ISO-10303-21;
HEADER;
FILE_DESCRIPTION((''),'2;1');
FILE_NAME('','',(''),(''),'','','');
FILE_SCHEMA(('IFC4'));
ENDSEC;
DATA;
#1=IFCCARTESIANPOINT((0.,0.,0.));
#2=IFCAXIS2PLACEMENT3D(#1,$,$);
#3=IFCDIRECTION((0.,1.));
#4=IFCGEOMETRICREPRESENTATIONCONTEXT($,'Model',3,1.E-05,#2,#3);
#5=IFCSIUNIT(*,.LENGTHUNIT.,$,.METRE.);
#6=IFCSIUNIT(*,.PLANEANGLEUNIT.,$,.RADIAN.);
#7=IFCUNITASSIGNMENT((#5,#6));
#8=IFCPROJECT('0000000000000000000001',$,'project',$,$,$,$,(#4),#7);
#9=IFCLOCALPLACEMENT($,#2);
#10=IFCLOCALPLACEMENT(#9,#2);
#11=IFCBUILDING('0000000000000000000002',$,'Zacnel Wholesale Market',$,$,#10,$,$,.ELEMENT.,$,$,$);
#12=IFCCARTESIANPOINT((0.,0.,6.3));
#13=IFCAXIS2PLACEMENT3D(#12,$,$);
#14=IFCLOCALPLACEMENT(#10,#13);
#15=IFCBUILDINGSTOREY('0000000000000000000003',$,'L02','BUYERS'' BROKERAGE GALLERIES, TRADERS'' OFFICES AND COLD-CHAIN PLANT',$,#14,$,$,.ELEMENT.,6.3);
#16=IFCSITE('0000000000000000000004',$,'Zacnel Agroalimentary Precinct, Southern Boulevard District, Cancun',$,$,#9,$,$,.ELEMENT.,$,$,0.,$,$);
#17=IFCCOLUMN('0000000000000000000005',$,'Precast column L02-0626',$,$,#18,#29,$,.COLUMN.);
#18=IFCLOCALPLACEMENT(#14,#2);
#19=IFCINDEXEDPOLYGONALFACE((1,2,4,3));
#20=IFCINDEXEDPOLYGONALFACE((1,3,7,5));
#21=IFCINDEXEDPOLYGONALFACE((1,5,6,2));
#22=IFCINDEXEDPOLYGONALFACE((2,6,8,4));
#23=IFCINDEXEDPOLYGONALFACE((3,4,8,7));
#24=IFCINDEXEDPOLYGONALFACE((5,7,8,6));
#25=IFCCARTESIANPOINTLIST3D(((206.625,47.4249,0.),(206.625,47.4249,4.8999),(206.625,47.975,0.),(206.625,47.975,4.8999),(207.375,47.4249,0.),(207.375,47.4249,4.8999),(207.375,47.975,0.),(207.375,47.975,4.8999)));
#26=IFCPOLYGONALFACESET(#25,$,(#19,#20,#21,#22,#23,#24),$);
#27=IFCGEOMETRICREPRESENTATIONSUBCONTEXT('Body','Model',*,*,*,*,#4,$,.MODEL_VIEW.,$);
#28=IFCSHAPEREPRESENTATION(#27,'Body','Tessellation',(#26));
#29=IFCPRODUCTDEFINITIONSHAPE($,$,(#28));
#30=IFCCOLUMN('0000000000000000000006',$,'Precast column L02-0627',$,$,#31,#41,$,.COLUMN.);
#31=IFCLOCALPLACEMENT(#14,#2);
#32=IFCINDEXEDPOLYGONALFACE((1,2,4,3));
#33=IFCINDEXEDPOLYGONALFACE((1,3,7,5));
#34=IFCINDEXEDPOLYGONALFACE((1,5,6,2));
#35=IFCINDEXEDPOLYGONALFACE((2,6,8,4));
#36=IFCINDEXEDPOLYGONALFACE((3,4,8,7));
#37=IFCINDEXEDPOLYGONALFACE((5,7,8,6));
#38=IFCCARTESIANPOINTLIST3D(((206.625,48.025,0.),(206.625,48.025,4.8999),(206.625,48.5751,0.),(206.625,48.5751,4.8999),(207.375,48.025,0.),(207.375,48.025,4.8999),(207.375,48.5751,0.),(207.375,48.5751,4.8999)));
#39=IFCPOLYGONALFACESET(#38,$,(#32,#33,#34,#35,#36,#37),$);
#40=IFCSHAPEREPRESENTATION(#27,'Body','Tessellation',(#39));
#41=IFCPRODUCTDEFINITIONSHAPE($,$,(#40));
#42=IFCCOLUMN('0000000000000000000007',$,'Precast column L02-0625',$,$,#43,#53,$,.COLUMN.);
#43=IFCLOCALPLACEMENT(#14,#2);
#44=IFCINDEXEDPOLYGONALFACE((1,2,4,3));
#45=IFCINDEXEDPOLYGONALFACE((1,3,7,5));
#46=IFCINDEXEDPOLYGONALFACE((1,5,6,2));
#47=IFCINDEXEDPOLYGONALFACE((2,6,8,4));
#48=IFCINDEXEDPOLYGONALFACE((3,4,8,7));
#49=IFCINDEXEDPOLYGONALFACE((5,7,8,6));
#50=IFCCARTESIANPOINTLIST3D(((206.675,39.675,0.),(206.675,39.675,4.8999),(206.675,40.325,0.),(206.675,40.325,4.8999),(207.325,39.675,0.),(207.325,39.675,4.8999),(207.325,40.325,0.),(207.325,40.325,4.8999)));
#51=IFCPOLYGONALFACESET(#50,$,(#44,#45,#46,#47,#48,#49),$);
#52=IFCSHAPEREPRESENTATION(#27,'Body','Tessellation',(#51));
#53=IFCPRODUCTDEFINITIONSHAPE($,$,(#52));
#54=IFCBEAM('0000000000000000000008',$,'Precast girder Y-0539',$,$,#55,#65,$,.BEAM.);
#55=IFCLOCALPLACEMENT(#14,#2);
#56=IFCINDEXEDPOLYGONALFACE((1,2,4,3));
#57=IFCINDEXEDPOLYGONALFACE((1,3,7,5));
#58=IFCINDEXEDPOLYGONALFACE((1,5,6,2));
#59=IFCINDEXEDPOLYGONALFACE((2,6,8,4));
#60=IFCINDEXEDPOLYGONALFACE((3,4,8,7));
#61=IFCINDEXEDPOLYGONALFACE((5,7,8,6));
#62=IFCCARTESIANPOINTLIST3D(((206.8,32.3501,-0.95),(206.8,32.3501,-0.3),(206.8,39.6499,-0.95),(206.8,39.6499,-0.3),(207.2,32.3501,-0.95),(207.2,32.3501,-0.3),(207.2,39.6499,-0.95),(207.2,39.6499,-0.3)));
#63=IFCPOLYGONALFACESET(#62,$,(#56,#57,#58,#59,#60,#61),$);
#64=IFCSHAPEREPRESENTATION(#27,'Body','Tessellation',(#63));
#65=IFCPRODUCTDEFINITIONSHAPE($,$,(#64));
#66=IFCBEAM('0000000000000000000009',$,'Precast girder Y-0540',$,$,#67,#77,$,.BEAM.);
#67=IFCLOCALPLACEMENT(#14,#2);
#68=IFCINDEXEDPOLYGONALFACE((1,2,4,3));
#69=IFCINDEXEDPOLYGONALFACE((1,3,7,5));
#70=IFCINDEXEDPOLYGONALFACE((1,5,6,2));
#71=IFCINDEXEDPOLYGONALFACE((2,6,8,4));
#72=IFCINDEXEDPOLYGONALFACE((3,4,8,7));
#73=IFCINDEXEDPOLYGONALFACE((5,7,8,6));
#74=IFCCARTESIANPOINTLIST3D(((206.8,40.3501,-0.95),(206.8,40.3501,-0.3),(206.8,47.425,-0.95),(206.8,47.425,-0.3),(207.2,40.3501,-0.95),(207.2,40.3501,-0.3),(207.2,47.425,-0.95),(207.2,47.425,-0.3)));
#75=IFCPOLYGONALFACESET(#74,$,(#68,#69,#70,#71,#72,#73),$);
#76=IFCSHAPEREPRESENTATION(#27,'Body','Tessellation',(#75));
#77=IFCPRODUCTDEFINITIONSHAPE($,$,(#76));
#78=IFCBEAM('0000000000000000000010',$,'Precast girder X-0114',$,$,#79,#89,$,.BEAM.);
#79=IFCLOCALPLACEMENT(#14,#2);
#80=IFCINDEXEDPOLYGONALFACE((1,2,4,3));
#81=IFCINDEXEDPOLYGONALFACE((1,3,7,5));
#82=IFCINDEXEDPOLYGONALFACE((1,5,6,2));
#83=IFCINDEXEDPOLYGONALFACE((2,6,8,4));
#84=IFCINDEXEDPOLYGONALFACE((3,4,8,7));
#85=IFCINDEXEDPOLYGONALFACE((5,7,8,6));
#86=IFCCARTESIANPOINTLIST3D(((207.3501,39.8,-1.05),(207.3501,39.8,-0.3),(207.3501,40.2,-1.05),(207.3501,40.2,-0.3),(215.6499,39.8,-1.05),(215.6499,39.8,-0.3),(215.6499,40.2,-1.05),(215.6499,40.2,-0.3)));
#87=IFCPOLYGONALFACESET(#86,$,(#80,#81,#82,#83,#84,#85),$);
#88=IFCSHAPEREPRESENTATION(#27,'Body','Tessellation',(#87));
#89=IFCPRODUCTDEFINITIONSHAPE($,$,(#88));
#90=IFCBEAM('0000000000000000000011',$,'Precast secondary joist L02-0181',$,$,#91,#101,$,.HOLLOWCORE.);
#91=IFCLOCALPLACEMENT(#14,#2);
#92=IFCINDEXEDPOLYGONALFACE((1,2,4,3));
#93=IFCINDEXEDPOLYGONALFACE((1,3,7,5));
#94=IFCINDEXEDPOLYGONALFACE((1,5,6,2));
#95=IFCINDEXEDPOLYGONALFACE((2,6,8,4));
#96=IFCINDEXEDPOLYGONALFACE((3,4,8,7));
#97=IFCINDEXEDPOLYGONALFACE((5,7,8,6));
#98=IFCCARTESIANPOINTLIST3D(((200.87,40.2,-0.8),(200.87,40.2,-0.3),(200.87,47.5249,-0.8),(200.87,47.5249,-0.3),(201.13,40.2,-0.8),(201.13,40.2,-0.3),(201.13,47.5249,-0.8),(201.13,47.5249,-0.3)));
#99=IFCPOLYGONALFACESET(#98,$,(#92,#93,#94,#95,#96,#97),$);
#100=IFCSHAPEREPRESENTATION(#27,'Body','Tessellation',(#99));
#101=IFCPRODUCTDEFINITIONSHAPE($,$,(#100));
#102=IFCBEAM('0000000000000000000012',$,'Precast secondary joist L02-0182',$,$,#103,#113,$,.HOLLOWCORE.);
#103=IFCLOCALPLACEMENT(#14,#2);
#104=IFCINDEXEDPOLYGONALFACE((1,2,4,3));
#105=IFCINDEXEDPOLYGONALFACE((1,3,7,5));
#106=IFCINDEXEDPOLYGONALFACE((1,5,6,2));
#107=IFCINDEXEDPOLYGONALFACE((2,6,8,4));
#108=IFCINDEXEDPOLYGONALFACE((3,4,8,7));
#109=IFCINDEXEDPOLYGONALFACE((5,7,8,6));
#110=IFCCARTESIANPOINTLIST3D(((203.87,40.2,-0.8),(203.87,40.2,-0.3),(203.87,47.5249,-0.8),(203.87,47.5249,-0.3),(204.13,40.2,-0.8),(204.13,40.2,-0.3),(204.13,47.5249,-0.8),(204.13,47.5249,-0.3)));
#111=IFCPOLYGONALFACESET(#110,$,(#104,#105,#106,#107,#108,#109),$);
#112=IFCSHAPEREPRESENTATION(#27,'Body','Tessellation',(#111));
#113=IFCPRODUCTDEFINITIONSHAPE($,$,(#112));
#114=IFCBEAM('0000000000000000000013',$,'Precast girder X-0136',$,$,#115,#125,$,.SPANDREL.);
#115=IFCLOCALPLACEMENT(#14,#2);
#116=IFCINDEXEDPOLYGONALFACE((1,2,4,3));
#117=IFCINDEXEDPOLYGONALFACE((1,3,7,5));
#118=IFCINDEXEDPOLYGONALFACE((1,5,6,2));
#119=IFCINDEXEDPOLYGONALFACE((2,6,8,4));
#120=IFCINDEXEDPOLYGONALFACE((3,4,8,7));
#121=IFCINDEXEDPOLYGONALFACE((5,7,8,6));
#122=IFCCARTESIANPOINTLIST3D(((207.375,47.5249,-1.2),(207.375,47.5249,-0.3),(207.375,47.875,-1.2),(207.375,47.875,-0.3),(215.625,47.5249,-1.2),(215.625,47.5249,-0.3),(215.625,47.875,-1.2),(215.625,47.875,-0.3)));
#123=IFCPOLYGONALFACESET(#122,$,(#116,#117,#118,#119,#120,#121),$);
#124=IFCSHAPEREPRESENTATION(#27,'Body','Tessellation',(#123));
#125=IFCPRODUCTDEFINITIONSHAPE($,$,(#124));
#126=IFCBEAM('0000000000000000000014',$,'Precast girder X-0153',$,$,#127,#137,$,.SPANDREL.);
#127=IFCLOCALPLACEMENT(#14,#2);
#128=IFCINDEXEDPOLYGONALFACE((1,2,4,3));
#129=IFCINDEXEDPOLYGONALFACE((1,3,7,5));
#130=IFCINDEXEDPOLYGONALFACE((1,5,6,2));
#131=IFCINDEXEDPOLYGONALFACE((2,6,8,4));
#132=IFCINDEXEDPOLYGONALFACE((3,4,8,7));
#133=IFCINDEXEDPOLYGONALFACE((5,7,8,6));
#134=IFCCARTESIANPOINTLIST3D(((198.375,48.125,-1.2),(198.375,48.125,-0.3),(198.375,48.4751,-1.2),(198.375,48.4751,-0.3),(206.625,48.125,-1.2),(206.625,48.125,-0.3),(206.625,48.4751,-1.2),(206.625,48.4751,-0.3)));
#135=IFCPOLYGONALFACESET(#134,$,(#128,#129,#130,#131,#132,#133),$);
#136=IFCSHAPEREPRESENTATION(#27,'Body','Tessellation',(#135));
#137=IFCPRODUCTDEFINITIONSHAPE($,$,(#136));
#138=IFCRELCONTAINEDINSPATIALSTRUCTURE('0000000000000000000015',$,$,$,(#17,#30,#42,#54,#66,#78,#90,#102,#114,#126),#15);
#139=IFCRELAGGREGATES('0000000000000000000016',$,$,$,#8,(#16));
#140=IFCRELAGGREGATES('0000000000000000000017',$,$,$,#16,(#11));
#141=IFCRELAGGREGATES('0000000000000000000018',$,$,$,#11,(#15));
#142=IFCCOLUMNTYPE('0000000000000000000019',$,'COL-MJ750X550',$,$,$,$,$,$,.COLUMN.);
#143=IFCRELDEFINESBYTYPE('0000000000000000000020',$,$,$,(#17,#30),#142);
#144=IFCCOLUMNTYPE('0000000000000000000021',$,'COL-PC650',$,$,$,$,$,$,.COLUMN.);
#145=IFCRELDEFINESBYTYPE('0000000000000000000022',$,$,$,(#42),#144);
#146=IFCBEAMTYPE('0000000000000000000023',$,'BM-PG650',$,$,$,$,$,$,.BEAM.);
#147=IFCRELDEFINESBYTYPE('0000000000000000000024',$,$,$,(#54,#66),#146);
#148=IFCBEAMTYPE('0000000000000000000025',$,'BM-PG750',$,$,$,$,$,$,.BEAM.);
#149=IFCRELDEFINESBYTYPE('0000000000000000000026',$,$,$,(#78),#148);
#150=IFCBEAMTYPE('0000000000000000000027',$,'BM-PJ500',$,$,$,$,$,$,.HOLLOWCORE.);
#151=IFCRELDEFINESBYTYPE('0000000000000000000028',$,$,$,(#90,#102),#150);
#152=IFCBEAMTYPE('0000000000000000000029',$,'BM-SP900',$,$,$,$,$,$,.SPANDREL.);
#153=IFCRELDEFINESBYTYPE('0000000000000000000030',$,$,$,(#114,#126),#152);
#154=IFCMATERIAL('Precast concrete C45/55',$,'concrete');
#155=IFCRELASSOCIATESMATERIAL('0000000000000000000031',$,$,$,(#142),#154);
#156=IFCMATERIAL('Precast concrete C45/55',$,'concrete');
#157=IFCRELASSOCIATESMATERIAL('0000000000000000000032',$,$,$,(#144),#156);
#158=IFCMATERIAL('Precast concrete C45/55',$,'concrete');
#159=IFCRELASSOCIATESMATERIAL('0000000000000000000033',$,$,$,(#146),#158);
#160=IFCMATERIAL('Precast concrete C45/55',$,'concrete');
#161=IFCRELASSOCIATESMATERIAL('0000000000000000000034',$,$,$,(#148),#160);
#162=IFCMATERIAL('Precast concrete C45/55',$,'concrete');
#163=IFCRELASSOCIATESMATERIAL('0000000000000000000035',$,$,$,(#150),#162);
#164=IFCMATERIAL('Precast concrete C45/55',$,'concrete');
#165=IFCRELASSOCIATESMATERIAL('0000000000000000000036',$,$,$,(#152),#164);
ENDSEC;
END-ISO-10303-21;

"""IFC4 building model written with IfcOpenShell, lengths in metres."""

from ifc_helpers import new_model, si_unit, direction, frame, origin, origin_2d, place, context, subcontext, project, spatial, rectangle, extrude, material, material_profile, profile_set, type_object, element, save


model = new_model("IFC4")

# Units and contexts
model_context = context("Model", 3, precision=1e-05, world=origin(), true_north=direction((0.0, 1.0)))
body_context = subcontext(model_context, "Body", "Model", "MODEL_VIEW")
ifc_project = project(units=[si_unit("LENGTHUNIT", "METRE"), si_unit("PLANEANGLEUNIT", "RADIAN")], contexts=[model_context])

# Site, building, storey
site_placement = place(None, origin())
site = spatial("IfcSite", under=ifc_project, at=site_placement, Name="Zacnel Agroalimentary Precinct, Southern Boulevard District, Cancun", CompositionType="ELEMENT", RefElevation=0.0)
building_placement = place(site_placement, origin())
building = spatial("IfcBuilding", under=site, at=building_placement, Name="Zacnel Wholesale Market", CompositionType="ELEMENT")
storey_placement = place(building_placement, frame((0.0, 0.0, 6.3)))
storey = spatial("IfcBuildingStorey", under=building, at=storey_placement, Name="L02", Description="BUYERS' BROKERAGE GALLERIES, TRADERS' OFFICES AND COLD-CHAIN PLANT", CompositionType="ELEMENT", Elevation=6.3)

# Columns
ifc_material_1 = material(Name="Precast concrete C45/55", Category="concrete")
ifc_material_profile_1 = material_profile(ifc_material_1, rectangle(XDim=0.75, YDim=0.55, at=origin_2d()), Name="PC 750x550")
ifc_profile_set_1 = profile_set([ifc_material_profile_1], Name="Precast concrete C45/55")
column_type_1 = type_object("IfcColumnType", Name="COL-MJ750X550", PredefinedType="COLUMN", material=ifc_profile_set_1)
for number, where, z_axis, x_axis, name in (
    (1, (207.0, 47.7, 0.0), (0.0, 0.0, 1.0), (1.0, 0.0, 0.0), "Precast column L02-0626"),
    (2, (207.0, 48.3, 0.0), (0.0, 0.0, 1.0), (1.0, 0.0, 0.0), "Precast column L02-0627"),
):
    element("IfcColumn", number, at=place(storey_placement, frame(where, z_axis=z_axis, x_axis=x_axis)), inside=storey, type_object=column_type_1, Name=name, PredefinedType="COLUMN", context=body_context, shape_type="SweptSolid", body=[
        extrude(rectangle(XDim=0.75, YDim=0.55, at=origin_2d()), origin(), (0.0, 0.0, 1.0), 4.8999),
    ])
ifc_material_2 = material(Name="Precast concrete C45/55", Category="concrete")
ifc_material_profile_2 = material_profile(ifc_material_2, rectangle(XDim=0.6499, YDim=0.6499, at=origin_2d()), Name="PC 650x650")
ifc_profile_set_2 = profile_set([ifc_material_profile_2], Name="Precast concrete C45/55")
column_type_2 = type_object("IfcColumnType", Name="COL-PC650", PredefinedType="COLUMN", material=ifc_profile_set_2)
column_placement = place(storey_placement, frame((207.0, 40.0, 0.0), z_axis=(0.0, 0.0, 1.0), x_axis=(1.0, 0.0, 0.0)))
element("IfcColumn", 3, at=column_placement, inside=storey, type_object=column_type_2, Name="Precast column L02-0625", PredefinedType="COLUMN", context=body_context, shape_type="SweptSolid", body=[
    extrude(rectangle(XDim=0.6499, YDim=0.6499, at=origin_2d()), origin(), (0.0, 0.0, 1.0), 4.8999),
])

# Beams
ifc_material_3 = material(Name="Precast concrete C45/55", Category="concrete")
ifc_material_profile_3 = material_profile(ifc_material_3, rectangle(XDim=0.3999, YDim=0.6499, at=origin_2d()), Name="PG 400x650")
ifc_profile_set_3 = profile_set([ifc_material_profile_3], Name="Precast concrete C45/55")
beam_type_1 = type_object("IfcBeamType", Name="BM-PG650", PredefinedType="BEAM", material=ifc_profile_set_3)
beam_1_placement = place(storey_placement, frame((207.0, 32.3501, -0.625), z_axis=(0.0, 1.0, 0.0), x_axis=(-1.0, 0.0, 0.0)))
element("IfcBeam", 4, at=beam_1_placement, inside=storey, type_object=beam_type_1, Name="Precast girder Y-0539", PredefinedType="BEAM", context=body_context, shape_type="SweptSolid", body=[
    extrude(rectangle(XDim=0.3999, YDim=0.6499, at=origin_2d()), origin(), (0.0, 0.0, 1.0), 7.2998),
])
beam_2_placement = place(storey_placement, frame((207.0, 40.3501, -0.625), z_axis=(0.0, 1.0, 0.0), x_axis=(-1.0, 0.0, 0.0)))
element("IfcBeam", 5, at=beam_2_placement, inside=storey, type_object=beam_type_1, Name="Precast girder Y-0540", PredefinedType="BEAM", context=body_context, shape_type="SweptSolid", body=[
    extrude(rectangle(XDim=0.3999, YDim=0.6499, at=origin_2d()), origin(), (0.0, 0.0, 1.0), 7.075),
])
ifc_material_4 = material(Name="Precast concrete C45/55", Category="concrete")
ifc_material_profile_4 = material_profile(ifc_material_4, rectangle(XDim=0.3999, YDim=0.75, at=origin_2d()), Name="PG 400x750")
ifc_profile_set_4 = profile_set([ifc_material_profile_4], Name="Precast concrete C45/55")
beam_type_2 = type_object("IfcBeamType", Name="BM-PG750", PredefinedType="BEAM", material=ifc_profile_set_4)
beam_3_placement = place(storey_placement, frame((207.3501, 40.0, -0.675), z_axis=(1.0, 0.0, 0.0), x_axis=(0.0, 1.0, 0.0)))
element("IfcBeam", 6, at=beam_3_placement, inside=storey, type_object=beam_type_2, Name="Precast girder X-0114", PredefinedType="BEAM", context=body_context, shape_type="SweptSolid", body=[
    extrude(rectangle(XDim=0.3999, YDim=0.75, at=origin_2d()), origin(), (0.0, 0.0, 1.0), 8.2998),
])
ifc_material_5 = material(Name="Precast concrete C45/55", Category="concrete")
ifc_material_profile_5 = material_profile(ifc_material_5, rectangle(XDim=0.26, YDim=0.5, at=origin_2d()), Name="PJ 260x500")
ifc_profile_set_5 = profile_set([ifc_material_profile_5], Name="Precast concrete C45/55")
beam_type_3 = type_object("IfcBeamType", Name="BM-PJ500", PredefinedType="HOLLOWCORE", material=ifc_profile_set_5)
for number, where, z_axis, x_axis, name in (
    (7, (201.0, 40.2, -0.55), (0.0, 1.0, 0.0), (-1.0, 0.0, 0.0), "Precast secondary joist L02-0181"),
    (8, (204.0, 40.2, -0.55), (0.0, 1.0, 0.0), (-1.0, 0.0, 0.0), "Precast secondary joist L02-0182"),
):
    element("IfcBeam", number, at=place(storey_placement, frame(where, z_axis=z_axis, x_axis=x_axis)), inside=storey, type_object=beam_type_3, Name=name, PredefinedType="HOLLOWCORE", context=body_context, shape_type="SweptSolid", body=[
        extrude(rectangle(XDim=0.26, YDim=0.5, at=origin_2d()), origin(), (0.0, 0.0, 1.0), 7.325),
    ])
ifc_material_6 = material(Name="Precast concrete C45/55", Category="concrete")
ifc_material_profile_6 = material_profile(ifc_material_6, rectangle(XDim=0.3501, YDim=0.8999, at=origin_2d()), Name="SP 350x900")
ifc_profile_set_6 = profile_set([ifc_material_profile_6], Name="Precast concrete C45/55")
beam_type_4 = type_object("IfcBeamType", Name="BM-SP900", PredefinedType="SPANDREL", material=ifc_profile_set_6)
for number, where, z_axis, x_axis, name in (
    (9, (207.375, 47.7, -0.75), (1.0, 0.0, 0.0), (0.0, 1.0, 0.0), "Precast girder X-0136"),
    (10, (198.375, 48.3, -0.75), (1.0, 0.0, 0.0), (0.0, 1.0, 0.0), "Precast girder X-0153"),
):
    element("IfcBeam", number, at=place(storey_placement, frame(where, z_axis=z_axis, x_axis=x_axis)), inside=storey, type_object=beam_type_4, Name=name, PredefinedType="SPANDREL", context=body_context, shape_type="SweptSolid", body=[
        extrude(rectangle(XDim=0.3501, YDim=0.8999, at=origin_2d()), origin(), (0.0, 0.0, 1.0), 8.25),
    ])

save(model, "model.ifc")
